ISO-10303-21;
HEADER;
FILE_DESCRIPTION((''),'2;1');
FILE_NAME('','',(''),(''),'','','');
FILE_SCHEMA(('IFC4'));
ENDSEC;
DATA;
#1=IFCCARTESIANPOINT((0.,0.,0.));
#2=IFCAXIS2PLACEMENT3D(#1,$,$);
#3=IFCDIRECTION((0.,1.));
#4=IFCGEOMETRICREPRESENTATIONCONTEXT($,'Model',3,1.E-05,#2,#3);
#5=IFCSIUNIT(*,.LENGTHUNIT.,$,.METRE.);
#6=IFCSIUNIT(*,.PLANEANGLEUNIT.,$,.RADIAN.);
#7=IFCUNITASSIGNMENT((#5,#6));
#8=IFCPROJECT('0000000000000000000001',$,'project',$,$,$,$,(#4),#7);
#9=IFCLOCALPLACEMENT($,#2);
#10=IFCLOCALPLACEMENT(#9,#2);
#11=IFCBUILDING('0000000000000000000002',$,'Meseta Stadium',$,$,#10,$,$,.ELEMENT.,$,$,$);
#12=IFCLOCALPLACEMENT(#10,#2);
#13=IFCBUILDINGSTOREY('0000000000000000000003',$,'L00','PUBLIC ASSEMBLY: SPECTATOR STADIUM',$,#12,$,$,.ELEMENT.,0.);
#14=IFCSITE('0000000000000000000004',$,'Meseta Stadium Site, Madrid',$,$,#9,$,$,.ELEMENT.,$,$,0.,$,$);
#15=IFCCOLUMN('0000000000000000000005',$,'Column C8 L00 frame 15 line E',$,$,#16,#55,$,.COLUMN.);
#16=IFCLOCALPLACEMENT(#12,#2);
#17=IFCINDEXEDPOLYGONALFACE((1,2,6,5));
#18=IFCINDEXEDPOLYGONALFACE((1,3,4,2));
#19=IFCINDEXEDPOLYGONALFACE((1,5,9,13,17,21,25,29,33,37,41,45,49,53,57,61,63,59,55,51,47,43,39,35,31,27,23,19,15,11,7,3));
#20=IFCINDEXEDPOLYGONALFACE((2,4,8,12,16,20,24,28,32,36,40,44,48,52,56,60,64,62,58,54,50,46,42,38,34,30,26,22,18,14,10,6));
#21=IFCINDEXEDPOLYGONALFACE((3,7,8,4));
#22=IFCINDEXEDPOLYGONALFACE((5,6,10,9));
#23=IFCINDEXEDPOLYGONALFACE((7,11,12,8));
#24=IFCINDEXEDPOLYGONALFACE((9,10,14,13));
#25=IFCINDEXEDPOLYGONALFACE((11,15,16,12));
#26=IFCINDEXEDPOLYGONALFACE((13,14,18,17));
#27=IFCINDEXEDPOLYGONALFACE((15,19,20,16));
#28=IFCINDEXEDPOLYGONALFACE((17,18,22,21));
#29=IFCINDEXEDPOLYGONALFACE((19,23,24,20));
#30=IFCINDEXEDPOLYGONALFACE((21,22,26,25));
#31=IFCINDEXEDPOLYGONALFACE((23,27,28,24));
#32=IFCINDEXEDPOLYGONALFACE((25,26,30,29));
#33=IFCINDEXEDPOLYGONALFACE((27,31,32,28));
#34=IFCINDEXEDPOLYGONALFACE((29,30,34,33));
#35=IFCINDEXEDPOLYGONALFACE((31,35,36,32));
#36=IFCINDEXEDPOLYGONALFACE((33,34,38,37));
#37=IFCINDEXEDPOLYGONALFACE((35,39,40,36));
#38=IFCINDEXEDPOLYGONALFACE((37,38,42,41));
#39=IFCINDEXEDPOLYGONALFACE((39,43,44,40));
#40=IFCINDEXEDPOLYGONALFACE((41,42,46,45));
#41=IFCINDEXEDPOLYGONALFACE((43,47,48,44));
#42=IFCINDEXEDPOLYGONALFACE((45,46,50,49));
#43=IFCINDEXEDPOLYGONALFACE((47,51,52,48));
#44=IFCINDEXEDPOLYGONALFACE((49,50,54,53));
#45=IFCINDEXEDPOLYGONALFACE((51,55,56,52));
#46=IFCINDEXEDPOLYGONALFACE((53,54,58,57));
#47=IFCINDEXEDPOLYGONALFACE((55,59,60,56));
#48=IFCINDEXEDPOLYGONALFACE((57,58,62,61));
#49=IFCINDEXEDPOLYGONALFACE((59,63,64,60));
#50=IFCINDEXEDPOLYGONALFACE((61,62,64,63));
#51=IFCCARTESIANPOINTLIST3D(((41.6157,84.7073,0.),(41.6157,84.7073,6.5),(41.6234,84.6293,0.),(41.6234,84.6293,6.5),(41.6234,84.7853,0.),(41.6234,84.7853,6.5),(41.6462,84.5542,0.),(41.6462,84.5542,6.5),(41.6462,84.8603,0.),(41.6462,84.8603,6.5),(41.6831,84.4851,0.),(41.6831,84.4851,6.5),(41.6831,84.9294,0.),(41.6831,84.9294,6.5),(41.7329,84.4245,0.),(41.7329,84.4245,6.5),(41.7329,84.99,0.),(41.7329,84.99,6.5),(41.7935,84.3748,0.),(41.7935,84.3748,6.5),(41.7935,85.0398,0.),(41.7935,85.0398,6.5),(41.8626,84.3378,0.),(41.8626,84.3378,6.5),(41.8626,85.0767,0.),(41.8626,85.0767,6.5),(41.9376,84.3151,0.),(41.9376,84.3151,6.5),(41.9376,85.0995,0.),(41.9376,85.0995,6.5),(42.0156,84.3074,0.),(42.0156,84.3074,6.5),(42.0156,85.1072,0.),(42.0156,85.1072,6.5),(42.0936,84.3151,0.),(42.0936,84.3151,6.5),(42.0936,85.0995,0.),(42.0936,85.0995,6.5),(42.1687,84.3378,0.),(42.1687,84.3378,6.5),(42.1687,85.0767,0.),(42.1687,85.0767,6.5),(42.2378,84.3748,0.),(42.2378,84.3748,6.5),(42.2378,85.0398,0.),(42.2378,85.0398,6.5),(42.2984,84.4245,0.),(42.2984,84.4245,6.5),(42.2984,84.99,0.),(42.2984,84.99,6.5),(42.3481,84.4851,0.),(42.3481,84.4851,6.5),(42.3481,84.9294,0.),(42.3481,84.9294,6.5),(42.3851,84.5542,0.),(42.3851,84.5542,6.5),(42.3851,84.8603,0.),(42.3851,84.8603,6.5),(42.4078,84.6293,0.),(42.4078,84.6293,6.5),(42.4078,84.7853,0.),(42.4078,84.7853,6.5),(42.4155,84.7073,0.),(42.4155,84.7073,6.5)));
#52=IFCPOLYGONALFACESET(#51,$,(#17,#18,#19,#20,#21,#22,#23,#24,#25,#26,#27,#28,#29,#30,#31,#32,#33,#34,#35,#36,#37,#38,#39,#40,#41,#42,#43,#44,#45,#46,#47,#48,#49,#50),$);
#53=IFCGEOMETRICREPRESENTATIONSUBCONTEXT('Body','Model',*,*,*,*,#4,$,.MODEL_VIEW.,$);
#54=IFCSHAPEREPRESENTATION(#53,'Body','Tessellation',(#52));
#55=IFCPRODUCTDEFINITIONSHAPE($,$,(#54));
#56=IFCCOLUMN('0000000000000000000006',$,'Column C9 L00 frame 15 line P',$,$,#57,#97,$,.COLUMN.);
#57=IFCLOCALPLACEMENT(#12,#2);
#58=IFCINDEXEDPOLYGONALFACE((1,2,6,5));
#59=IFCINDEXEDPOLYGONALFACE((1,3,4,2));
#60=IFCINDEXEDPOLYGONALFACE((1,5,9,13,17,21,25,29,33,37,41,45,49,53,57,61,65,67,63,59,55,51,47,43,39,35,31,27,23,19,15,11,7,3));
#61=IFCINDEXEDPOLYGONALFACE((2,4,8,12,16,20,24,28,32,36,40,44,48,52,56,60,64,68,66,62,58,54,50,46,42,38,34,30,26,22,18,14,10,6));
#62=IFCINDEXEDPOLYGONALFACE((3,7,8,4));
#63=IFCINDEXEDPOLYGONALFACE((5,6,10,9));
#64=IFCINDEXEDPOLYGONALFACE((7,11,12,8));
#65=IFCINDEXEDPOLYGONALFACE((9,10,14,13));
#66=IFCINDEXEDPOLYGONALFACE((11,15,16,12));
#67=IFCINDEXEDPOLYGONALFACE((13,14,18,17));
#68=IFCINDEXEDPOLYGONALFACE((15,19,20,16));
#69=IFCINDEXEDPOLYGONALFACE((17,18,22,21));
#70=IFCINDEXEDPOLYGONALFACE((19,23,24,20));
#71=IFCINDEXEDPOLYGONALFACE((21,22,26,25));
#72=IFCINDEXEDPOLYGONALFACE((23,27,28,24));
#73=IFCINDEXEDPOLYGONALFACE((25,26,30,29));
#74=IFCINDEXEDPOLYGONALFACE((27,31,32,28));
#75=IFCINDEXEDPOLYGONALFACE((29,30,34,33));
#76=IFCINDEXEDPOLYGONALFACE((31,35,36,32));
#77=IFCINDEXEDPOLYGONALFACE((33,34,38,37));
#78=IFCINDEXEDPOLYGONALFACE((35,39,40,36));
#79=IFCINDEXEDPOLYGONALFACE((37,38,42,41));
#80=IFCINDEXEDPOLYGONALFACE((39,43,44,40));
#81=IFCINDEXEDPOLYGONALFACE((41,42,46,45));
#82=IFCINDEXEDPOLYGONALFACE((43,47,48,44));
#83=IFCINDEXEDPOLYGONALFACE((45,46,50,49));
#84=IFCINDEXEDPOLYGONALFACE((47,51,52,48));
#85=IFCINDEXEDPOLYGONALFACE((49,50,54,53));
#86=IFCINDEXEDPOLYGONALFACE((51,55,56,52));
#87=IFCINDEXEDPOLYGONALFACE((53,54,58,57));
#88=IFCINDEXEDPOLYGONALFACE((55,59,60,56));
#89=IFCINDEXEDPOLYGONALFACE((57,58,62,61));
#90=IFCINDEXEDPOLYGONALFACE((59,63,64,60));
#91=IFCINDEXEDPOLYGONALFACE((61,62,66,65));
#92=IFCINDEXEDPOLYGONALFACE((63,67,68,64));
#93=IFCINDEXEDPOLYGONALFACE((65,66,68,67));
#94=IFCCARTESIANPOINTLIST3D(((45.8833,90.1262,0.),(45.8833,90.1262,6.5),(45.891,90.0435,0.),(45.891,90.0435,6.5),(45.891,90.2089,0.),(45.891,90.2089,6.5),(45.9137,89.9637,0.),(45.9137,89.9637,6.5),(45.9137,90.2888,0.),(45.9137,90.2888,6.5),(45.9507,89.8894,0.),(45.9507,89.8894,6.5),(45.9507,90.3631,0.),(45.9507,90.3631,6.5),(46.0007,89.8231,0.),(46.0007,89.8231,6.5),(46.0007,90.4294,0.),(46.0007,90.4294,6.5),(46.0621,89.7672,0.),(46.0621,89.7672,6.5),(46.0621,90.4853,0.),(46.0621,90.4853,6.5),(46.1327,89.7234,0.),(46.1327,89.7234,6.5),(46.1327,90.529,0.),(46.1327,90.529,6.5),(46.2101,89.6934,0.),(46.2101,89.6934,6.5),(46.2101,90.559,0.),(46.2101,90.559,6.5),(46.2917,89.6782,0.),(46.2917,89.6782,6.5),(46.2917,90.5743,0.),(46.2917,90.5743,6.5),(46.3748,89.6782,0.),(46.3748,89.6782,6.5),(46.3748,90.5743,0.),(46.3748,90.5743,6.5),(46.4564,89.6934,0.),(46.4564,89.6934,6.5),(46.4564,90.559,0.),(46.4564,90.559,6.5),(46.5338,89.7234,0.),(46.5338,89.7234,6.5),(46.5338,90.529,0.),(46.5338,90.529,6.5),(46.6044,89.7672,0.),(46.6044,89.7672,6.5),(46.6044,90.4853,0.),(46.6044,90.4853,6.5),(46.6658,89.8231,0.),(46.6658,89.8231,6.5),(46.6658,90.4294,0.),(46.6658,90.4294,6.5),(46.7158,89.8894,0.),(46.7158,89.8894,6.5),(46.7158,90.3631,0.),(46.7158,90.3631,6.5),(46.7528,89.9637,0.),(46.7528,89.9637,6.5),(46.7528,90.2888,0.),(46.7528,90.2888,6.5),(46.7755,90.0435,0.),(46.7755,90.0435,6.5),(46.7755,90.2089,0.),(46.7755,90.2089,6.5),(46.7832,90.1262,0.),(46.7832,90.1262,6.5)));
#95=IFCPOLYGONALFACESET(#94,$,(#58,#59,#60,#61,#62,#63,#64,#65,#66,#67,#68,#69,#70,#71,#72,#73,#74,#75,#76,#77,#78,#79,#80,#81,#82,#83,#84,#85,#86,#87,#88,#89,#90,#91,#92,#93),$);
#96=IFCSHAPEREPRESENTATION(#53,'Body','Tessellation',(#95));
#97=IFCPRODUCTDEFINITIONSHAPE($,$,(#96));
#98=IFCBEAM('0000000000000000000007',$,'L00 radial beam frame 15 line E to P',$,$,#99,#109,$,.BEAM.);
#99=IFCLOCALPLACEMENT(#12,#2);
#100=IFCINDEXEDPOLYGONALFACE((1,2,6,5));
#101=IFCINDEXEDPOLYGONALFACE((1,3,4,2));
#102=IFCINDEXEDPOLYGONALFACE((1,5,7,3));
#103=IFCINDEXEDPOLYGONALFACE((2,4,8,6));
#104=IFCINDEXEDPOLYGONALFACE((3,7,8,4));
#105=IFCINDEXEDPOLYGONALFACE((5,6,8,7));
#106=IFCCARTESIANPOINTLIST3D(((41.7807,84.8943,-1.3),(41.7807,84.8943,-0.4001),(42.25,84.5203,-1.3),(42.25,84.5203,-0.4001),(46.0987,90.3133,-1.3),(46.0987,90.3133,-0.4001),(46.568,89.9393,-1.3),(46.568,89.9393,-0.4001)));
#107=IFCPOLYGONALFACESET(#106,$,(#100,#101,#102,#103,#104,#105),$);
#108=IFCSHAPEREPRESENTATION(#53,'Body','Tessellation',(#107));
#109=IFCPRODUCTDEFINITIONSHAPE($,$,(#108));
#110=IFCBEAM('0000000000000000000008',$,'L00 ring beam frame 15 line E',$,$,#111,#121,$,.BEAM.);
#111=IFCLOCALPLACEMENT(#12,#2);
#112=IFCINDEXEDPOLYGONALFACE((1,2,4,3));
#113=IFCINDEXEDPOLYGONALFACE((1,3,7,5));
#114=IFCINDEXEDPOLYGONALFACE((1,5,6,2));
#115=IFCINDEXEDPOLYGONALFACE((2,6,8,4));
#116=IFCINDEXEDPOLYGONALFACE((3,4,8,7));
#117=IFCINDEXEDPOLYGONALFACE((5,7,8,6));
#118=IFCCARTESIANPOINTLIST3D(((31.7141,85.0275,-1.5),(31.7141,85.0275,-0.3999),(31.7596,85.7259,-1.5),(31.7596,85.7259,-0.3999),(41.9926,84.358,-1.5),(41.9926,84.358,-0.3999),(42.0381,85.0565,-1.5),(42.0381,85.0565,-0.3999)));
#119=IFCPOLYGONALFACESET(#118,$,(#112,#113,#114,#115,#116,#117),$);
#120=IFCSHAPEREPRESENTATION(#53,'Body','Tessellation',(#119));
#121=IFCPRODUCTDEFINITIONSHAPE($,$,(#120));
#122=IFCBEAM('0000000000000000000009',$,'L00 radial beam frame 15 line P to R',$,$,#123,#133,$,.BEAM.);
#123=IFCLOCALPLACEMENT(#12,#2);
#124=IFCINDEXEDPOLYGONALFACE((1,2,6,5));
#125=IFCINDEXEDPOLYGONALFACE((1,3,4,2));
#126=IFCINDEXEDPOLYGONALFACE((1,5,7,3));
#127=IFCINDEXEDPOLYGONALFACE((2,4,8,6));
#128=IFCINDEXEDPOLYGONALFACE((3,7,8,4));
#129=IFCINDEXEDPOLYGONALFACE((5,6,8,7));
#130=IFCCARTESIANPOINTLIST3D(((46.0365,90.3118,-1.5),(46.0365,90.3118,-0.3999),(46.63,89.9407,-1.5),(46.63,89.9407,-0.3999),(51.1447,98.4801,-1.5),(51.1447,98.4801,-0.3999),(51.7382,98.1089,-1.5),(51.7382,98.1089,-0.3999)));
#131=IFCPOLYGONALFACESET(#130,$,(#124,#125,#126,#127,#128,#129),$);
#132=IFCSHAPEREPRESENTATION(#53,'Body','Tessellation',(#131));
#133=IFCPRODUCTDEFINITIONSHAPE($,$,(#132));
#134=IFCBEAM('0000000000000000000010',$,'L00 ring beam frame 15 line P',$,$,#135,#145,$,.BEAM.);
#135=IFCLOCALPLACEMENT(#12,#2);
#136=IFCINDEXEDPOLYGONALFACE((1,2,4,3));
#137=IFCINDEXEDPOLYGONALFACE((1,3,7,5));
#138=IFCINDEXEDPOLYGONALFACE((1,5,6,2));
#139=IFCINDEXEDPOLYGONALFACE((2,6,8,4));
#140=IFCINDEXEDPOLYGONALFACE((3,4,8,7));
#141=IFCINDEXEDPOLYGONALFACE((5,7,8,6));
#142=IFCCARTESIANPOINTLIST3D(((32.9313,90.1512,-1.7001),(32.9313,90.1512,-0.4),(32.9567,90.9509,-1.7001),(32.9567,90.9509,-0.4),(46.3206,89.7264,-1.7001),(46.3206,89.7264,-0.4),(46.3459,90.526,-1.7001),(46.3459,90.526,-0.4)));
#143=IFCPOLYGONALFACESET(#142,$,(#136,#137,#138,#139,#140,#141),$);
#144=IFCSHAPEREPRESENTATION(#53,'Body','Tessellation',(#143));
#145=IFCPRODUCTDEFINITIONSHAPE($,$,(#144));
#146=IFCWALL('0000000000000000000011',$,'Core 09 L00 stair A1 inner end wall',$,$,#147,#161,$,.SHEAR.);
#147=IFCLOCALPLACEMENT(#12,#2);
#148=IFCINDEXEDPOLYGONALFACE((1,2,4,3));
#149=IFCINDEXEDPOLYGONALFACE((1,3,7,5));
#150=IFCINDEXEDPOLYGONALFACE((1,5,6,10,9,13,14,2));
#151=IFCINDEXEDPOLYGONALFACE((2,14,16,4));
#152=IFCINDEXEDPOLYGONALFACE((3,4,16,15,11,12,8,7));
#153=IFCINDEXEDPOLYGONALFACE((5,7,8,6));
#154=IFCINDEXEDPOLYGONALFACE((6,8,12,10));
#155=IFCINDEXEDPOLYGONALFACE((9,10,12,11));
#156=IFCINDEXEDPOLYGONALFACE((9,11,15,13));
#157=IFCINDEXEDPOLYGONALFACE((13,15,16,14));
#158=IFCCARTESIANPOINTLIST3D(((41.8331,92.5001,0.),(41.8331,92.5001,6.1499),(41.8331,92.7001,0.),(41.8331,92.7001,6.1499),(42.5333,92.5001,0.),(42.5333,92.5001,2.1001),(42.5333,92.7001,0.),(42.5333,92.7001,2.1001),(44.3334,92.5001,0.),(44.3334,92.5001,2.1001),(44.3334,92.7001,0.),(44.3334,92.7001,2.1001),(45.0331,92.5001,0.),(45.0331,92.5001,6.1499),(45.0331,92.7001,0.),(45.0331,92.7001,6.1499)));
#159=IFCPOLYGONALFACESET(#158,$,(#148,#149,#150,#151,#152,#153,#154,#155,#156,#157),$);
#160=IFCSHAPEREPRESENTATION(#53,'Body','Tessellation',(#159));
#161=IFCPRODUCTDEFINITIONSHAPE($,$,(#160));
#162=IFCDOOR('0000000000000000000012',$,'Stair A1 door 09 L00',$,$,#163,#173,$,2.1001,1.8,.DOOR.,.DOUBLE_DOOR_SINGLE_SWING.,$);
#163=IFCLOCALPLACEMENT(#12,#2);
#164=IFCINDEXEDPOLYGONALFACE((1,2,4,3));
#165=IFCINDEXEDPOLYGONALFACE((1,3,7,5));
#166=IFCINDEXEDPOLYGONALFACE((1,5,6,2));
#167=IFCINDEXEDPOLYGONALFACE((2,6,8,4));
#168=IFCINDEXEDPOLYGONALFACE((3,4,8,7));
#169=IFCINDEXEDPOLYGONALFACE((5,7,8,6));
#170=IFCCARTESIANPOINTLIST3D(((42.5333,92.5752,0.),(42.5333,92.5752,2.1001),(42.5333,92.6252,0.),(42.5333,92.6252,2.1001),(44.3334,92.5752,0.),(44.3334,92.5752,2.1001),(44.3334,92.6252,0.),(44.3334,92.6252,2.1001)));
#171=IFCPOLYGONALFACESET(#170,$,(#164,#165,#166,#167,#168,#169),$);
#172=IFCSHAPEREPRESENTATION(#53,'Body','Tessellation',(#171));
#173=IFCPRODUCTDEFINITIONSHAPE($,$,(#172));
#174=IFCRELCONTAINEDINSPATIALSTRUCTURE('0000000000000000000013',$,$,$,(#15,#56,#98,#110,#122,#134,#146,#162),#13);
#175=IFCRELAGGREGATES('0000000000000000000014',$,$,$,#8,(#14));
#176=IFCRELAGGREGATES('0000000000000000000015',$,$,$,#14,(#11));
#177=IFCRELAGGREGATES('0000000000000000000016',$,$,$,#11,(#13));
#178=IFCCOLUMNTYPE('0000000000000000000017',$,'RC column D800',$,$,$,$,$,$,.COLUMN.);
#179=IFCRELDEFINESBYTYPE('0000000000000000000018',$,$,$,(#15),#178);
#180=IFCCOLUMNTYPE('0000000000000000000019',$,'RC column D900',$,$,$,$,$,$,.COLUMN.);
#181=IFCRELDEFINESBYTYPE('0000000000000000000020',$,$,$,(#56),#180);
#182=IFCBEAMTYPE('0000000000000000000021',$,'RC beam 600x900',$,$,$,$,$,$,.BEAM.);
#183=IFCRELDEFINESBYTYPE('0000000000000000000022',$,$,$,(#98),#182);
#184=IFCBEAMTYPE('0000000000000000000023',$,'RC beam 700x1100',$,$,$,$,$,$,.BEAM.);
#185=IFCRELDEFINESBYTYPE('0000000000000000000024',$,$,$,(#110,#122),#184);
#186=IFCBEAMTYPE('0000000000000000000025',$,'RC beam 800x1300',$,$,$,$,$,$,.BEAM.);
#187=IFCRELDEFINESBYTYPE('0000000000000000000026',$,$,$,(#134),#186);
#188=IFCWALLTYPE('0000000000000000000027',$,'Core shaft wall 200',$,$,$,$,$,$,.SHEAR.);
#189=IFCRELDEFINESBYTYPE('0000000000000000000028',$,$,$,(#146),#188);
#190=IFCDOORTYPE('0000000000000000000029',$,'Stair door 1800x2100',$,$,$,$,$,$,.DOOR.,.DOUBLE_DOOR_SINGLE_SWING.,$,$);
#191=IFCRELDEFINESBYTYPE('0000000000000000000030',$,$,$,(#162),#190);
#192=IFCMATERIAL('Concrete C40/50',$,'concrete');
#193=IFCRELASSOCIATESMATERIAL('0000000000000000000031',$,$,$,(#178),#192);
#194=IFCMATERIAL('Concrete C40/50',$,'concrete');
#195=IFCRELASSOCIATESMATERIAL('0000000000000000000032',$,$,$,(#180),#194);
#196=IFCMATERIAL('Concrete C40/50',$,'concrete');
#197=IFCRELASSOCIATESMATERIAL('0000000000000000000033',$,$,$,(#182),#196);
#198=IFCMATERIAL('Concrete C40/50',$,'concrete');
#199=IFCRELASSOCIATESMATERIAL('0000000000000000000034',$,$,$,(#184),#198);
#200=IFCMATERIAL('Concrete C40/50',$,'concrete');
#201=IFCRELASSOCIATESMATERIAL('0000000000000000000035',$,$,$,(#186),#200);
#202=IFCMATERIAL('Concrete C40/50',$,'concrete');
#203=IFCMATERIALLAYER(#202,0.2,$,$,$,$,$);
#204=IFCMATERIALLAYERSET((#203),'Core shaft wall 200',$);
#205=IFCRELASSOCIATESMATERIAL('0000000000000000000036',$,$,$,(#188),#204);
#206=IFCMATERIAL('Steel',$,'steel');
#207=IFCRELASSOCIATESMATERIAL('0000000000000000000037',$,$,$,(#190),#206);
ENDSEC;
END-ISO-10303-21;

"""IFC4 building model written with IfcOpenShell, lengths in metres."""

from ifc_helpers import new_model, si_unit, direction, frame, frame_2d, origin, origin_2d, place, context, subcontext, project, spatial, rectangle, circle, extrude, material, layer, layer_set, material_profile, profile_set, type_object, element, fill, save


model = new_model("IFC4")

# Units and contexts
model_context = context("Model", 3, precision=1e-05, world=origin(), true_north=direction((0.0, 1.0)))
body_context = subcontext(model_context, "Body", "Model", "MODEL_VIEW")
ifc_project = project(units=[si_unit("LENGTHUNIT", "METRE"), si_unit("PLANEANGLEUNIT", "RADIAN")], contexts=[model_context])

# Site, building, storey
site_placement = place(None, origin())
site = spatial("IfcSite", under=ifc_project, at=site_placement, Name="Meseta Stadium Site, Madrid", CompositionType="ELEMENT", RefElevation=0.0)
building_placement = place(site_placement, origin())
building = spatial("IfcBuilding", under=site, at=building_placement, Name="Meseta Stadium", CompositionType="ELEMENT")
storey_placement = place(building_placement, origin())
storey = spatial("IfcBuildingStorey", under=building, at=storey_placement, Name="L00", Description="PUBLIC ASSEMBLY: SPECTATOR STADIUM", CompositionType="ELEMENT", Elevation=0.0)

# Columns
ifc_material_1 = material(Name="Concrete C40/50", Category="concrete")
ifc_material_profile_1 = material_profile(ifc_material_1, circle(Radius=0.3999, at=origin_2d()), Name="RC D800")
ifc_profile_set_1 = profile_set([ifc_material_profile_1], Name="Concrete C40/50")
column_type_1 = type_object("IfcColumnType", Name="RC column D800", PredefinedType="COLUMN", material=ifc_profile_set_1)
column_1_placement = place(storey_placement, frame((42.0156, 84.7073, 0.0), z_axis=(0.0, 0.0, 1.0), x_axis=(1.0, 0.0, 0.0)))
element("IfcColumn", 1, at=column_1_placement, inside=storey, type_object=column_type_1, Name="Column C8 L00 frame 15 line E", PredefinedType="COLUMN", context=body_context, shape_type="SweptSolid", body=[
    extrude(circle(Radius=0.3999, at=origin_2d()), origin(), (0.0, 0.0, 1.0), 6.5),
])
ifc_material_2 = material(Name="Concrete C40/50", Category="concrete")
ifc_material_profile_2 = material_profile(ifc_material_2, circle(Radius=0.45, at=origin_2d()), Name="RC D900")
ifc_profile_set_2 = profile_set([ifc_material_profile_2], Name="Concrete C40/50")
column_type_2 = type_object("IfcColumnType", Name="RC column D900", PredefinedType="COLUMN", material=ifc_profile_set_2)
column_2_placement = place(storey_placement, frame((46.3333, 90.1262, 0.0), z_axis=(0.0, 0.0, 1.0), x_axis=(1.0, 0.0, 0.0)))
element("IfcColumn", 2, at=column_2_placement, inside=storey, type_object=column_type_2, Name="Column C9 L00 frame 15 line P", PredefinedType="COLUMN", context=body_context, shape_type="SweptSolid", body=[
    extrude(circle(Radius=0.45, at=origin_2d()), origin(), (0.0, 0.0, 1.0), 6.5),
])

# Beams
ifc_material_3 = material(Name="Concrete C40/50", Category="concrete")
ifc_material_profile_3 = material_profile(ifc_material_3, rectangle(XDim=0.6001, YDim=0.8999, at=origin_2d()), Name="RC 600x900")
ifc_profile_set_3 = profile_set([ifc_material_profile_3], Name="Concrete C40/50")
beam_type_1 = type_object("IfcBeamType", Name="RC beam 600x900", PredefinedType="BEAM", material=ifc_profile_set_3)
beam_1_placement = place(storey_placement, frame((42.0154, 84.7073, -0.8501), z_axis=(0.623173, 0.782084, 0.0), x_axis=(-0.782084, 0.623173, 0.0)))
element("IfcBeam", 3, at=beam_1_placement, inside=storey, type_object=beam_type_1, Name="L00 radial beam frame 15 line E to P", PredefinedType="BEAM", context=body_context, shape_type="SweptSolid", body=[
    extrude(rectangle(XDim=0.6001, YDim=0.8999, at=origin_2d()), origin(), (0.0, 0.0, 1.0), 6.929),
])
ifc_material_4 = material(Name="Concrete C40/50", Category="concrete")
ifc_material_profile_4 = material_profile(ifc_material_4, rectangle(XDim=0.7, YDim=1.1001, at=origin_2d()), Name="RC 700x1100")
ifc_profile_set_4 = profile_set([ifc_material_profile_4], Name="Concrete C40/50")
beam_type_2 = type_object("IfcBeamType", Name="RC beam 700x1100", PredefinedType="BEAM", material=ifc_profile_set_4)
beam_2_placement = place(storey_placement, frame((42.0154, 84.7073, -0.95), z_axis=(-0.997886, 0.064991, 0.0), x_axis=(-0.064991, -0.997886, 0.0)))
element("IfcBeam", 4, at=beam_2_placement, inside=storey, type_object=beam_type_2, Name="L00 ring beam frame 15 line E", PredefinedType="BEAM", context=body_context, shape_type="SweptSolid", body=[
    extrude(rectangle(XDim=0.7, YDim=1.1001, at=origin_2d()), origin(), (0.0, 0.0, 1.0), 10.3003),
])
beam_3_placement = place(storey_placement, frame((46.3333, 90.1262, -0.95), z_axis=(0.530224, 0.847857, 0.0), x_axis=(-0.847857, 0.530224, 0.0)))
element("IfcBeam", 5, at=beam_3_placement, inside=storey, type_object=beam_type_2, Name="L00 radial beam frame 15 line P to R", PredefinedType="BEAM", context=body_context, shape_type="SweptSolid", body=[
    extrude(rectangle(XDim=0.7, YDim=1.1001, at=origin_2d()), origin(), (0.0, 0.0, 1.0), 9.634),
])
ifc_material_5 = material(Name="Concrete C40/50", Category="concrete")
ifc_material_profile_5 = material_profile(ifc_material_5, rectangle(XDim=0.8, YDim=1.3, at=origin_2d()), Name="RC 800x1300")
ifc_profile_set_5 = profile_set([ifc_material_profile_5], Name="Concrete C40/50")
beam_type_3 = type_object("IfcBeamType", Name="RC beam 800x1300", PredefinedType="BEAM", material=ifc_profile_set_5)
beam_4_placement = place(storey_placement, frame((46.3333, 90.1262, -1.05), z_axis=(-0.999497, 0.031712, 0.0), x_axis=(-0.031712, -0.999497, 0.0)))
element("IfcBeam", 6, at=beam_4_placement, inside=storey, type_object=beam_type_3, Name="L00 ring beam frame 15 line P", PredefinedType="BEAM", context=body_context, shape_type="SweptSolid", body=[
    extrude(rectangle(XDim=0.8, YDim=1.3, at=origin_2d()), origin(), (0.0, 0.0, 1.0), 13.396),
])

# Wall, opening, door
ifc_material_6 = material(Name="Concrete C40/50", Category="concrete")
ifc_layer_1 = layer(ifc_material_6, 0.2)
ifc_layer_set_1 = layer_set([ifc_layer_1], Name="Core shaft wall 200")
wall_type_1 = type_object("IfcWallType", Name="Core shaft wall 200", PredefinedType="SHEAR", material=ifc_layer_set_1)
wall_1_placement = place(storey_placement, frame((45.0332, 92.6001, 0.0), z_axis=(0.0, 0.0, 1.0), x_axis=(-1.0, 0.0, 0.0)))
wall_1 = element("IfcWall", 7, at=wall_1_placement, inside=storey, type_object=wall_type_1, Name="Core 09 L00 stair A1 inner end wall", PredefinedType="SHEAR", context=body_context, shape_type="SweptSolid", body=[
    extrude(rectangle(XDim=3.2, YDim=0.2, at=frame_2d((1.6001, 0.0))), origin(), (0.0, 0.0, 1.0), 6.1499),
])
opening_1_placement = place(wall_1_placement, frame((0.7, 0.0, 0.0)))
opening_1 = element("IfcOpeningElement", 8, at=opening_1_placement, cuts=wall_1, PredefinedType="OPENING", context=body_context, shape_type="SweptSolid", body=[
    extrude(rectangle(XDim=1.8, YDim=2.1001, at=frame_2d((0.8999, 1.05))), frame((0.0, 0.1099, 0.0), z_axis=(0.0, -1.0, 0.0), x_axis=(1.0, 0.0, 0.0)), (0.0, 0.0, 1.0), 0.22),
])
ifc_material_7 = material(Name="Steel", Category="steel")
door_type = type_object("IfcDoorType", Name="Stair door 1800x2100", OperationType="DOUBLE_DOOR_SINGLE_SWING", PredefinedType="DOOR", material=ifc_material_7)
door_1_placement = place(opening_1_placement, origin())
door_1 = element("IfcDoor", 9, at=door_1_placement, inside=storey, type_object=door_type, Name="Stair A1 door 09 L00", OperationType="DOUBLE_DOOR_SINGLE_SWING", OverallHeight=2.1001, OverallWidth=1.8, PredefinedType="DOOR", context=body_context, shape_type="SweptSolid", body=[
    extrude(rectangle(XDim=1.8, YDim=2.1001, at=frame_2d((0.8999, 1.05))), frame((0.0, 0.0249, 0.0), z_axis=(0.0, -1.0, 0.0), x_axis=(1.0, 0.0, 0.0)), (0.0, 0.0, 1.0), 0.05),
])
fill(opening_1, door_1)

save(model, "model.ifc")
